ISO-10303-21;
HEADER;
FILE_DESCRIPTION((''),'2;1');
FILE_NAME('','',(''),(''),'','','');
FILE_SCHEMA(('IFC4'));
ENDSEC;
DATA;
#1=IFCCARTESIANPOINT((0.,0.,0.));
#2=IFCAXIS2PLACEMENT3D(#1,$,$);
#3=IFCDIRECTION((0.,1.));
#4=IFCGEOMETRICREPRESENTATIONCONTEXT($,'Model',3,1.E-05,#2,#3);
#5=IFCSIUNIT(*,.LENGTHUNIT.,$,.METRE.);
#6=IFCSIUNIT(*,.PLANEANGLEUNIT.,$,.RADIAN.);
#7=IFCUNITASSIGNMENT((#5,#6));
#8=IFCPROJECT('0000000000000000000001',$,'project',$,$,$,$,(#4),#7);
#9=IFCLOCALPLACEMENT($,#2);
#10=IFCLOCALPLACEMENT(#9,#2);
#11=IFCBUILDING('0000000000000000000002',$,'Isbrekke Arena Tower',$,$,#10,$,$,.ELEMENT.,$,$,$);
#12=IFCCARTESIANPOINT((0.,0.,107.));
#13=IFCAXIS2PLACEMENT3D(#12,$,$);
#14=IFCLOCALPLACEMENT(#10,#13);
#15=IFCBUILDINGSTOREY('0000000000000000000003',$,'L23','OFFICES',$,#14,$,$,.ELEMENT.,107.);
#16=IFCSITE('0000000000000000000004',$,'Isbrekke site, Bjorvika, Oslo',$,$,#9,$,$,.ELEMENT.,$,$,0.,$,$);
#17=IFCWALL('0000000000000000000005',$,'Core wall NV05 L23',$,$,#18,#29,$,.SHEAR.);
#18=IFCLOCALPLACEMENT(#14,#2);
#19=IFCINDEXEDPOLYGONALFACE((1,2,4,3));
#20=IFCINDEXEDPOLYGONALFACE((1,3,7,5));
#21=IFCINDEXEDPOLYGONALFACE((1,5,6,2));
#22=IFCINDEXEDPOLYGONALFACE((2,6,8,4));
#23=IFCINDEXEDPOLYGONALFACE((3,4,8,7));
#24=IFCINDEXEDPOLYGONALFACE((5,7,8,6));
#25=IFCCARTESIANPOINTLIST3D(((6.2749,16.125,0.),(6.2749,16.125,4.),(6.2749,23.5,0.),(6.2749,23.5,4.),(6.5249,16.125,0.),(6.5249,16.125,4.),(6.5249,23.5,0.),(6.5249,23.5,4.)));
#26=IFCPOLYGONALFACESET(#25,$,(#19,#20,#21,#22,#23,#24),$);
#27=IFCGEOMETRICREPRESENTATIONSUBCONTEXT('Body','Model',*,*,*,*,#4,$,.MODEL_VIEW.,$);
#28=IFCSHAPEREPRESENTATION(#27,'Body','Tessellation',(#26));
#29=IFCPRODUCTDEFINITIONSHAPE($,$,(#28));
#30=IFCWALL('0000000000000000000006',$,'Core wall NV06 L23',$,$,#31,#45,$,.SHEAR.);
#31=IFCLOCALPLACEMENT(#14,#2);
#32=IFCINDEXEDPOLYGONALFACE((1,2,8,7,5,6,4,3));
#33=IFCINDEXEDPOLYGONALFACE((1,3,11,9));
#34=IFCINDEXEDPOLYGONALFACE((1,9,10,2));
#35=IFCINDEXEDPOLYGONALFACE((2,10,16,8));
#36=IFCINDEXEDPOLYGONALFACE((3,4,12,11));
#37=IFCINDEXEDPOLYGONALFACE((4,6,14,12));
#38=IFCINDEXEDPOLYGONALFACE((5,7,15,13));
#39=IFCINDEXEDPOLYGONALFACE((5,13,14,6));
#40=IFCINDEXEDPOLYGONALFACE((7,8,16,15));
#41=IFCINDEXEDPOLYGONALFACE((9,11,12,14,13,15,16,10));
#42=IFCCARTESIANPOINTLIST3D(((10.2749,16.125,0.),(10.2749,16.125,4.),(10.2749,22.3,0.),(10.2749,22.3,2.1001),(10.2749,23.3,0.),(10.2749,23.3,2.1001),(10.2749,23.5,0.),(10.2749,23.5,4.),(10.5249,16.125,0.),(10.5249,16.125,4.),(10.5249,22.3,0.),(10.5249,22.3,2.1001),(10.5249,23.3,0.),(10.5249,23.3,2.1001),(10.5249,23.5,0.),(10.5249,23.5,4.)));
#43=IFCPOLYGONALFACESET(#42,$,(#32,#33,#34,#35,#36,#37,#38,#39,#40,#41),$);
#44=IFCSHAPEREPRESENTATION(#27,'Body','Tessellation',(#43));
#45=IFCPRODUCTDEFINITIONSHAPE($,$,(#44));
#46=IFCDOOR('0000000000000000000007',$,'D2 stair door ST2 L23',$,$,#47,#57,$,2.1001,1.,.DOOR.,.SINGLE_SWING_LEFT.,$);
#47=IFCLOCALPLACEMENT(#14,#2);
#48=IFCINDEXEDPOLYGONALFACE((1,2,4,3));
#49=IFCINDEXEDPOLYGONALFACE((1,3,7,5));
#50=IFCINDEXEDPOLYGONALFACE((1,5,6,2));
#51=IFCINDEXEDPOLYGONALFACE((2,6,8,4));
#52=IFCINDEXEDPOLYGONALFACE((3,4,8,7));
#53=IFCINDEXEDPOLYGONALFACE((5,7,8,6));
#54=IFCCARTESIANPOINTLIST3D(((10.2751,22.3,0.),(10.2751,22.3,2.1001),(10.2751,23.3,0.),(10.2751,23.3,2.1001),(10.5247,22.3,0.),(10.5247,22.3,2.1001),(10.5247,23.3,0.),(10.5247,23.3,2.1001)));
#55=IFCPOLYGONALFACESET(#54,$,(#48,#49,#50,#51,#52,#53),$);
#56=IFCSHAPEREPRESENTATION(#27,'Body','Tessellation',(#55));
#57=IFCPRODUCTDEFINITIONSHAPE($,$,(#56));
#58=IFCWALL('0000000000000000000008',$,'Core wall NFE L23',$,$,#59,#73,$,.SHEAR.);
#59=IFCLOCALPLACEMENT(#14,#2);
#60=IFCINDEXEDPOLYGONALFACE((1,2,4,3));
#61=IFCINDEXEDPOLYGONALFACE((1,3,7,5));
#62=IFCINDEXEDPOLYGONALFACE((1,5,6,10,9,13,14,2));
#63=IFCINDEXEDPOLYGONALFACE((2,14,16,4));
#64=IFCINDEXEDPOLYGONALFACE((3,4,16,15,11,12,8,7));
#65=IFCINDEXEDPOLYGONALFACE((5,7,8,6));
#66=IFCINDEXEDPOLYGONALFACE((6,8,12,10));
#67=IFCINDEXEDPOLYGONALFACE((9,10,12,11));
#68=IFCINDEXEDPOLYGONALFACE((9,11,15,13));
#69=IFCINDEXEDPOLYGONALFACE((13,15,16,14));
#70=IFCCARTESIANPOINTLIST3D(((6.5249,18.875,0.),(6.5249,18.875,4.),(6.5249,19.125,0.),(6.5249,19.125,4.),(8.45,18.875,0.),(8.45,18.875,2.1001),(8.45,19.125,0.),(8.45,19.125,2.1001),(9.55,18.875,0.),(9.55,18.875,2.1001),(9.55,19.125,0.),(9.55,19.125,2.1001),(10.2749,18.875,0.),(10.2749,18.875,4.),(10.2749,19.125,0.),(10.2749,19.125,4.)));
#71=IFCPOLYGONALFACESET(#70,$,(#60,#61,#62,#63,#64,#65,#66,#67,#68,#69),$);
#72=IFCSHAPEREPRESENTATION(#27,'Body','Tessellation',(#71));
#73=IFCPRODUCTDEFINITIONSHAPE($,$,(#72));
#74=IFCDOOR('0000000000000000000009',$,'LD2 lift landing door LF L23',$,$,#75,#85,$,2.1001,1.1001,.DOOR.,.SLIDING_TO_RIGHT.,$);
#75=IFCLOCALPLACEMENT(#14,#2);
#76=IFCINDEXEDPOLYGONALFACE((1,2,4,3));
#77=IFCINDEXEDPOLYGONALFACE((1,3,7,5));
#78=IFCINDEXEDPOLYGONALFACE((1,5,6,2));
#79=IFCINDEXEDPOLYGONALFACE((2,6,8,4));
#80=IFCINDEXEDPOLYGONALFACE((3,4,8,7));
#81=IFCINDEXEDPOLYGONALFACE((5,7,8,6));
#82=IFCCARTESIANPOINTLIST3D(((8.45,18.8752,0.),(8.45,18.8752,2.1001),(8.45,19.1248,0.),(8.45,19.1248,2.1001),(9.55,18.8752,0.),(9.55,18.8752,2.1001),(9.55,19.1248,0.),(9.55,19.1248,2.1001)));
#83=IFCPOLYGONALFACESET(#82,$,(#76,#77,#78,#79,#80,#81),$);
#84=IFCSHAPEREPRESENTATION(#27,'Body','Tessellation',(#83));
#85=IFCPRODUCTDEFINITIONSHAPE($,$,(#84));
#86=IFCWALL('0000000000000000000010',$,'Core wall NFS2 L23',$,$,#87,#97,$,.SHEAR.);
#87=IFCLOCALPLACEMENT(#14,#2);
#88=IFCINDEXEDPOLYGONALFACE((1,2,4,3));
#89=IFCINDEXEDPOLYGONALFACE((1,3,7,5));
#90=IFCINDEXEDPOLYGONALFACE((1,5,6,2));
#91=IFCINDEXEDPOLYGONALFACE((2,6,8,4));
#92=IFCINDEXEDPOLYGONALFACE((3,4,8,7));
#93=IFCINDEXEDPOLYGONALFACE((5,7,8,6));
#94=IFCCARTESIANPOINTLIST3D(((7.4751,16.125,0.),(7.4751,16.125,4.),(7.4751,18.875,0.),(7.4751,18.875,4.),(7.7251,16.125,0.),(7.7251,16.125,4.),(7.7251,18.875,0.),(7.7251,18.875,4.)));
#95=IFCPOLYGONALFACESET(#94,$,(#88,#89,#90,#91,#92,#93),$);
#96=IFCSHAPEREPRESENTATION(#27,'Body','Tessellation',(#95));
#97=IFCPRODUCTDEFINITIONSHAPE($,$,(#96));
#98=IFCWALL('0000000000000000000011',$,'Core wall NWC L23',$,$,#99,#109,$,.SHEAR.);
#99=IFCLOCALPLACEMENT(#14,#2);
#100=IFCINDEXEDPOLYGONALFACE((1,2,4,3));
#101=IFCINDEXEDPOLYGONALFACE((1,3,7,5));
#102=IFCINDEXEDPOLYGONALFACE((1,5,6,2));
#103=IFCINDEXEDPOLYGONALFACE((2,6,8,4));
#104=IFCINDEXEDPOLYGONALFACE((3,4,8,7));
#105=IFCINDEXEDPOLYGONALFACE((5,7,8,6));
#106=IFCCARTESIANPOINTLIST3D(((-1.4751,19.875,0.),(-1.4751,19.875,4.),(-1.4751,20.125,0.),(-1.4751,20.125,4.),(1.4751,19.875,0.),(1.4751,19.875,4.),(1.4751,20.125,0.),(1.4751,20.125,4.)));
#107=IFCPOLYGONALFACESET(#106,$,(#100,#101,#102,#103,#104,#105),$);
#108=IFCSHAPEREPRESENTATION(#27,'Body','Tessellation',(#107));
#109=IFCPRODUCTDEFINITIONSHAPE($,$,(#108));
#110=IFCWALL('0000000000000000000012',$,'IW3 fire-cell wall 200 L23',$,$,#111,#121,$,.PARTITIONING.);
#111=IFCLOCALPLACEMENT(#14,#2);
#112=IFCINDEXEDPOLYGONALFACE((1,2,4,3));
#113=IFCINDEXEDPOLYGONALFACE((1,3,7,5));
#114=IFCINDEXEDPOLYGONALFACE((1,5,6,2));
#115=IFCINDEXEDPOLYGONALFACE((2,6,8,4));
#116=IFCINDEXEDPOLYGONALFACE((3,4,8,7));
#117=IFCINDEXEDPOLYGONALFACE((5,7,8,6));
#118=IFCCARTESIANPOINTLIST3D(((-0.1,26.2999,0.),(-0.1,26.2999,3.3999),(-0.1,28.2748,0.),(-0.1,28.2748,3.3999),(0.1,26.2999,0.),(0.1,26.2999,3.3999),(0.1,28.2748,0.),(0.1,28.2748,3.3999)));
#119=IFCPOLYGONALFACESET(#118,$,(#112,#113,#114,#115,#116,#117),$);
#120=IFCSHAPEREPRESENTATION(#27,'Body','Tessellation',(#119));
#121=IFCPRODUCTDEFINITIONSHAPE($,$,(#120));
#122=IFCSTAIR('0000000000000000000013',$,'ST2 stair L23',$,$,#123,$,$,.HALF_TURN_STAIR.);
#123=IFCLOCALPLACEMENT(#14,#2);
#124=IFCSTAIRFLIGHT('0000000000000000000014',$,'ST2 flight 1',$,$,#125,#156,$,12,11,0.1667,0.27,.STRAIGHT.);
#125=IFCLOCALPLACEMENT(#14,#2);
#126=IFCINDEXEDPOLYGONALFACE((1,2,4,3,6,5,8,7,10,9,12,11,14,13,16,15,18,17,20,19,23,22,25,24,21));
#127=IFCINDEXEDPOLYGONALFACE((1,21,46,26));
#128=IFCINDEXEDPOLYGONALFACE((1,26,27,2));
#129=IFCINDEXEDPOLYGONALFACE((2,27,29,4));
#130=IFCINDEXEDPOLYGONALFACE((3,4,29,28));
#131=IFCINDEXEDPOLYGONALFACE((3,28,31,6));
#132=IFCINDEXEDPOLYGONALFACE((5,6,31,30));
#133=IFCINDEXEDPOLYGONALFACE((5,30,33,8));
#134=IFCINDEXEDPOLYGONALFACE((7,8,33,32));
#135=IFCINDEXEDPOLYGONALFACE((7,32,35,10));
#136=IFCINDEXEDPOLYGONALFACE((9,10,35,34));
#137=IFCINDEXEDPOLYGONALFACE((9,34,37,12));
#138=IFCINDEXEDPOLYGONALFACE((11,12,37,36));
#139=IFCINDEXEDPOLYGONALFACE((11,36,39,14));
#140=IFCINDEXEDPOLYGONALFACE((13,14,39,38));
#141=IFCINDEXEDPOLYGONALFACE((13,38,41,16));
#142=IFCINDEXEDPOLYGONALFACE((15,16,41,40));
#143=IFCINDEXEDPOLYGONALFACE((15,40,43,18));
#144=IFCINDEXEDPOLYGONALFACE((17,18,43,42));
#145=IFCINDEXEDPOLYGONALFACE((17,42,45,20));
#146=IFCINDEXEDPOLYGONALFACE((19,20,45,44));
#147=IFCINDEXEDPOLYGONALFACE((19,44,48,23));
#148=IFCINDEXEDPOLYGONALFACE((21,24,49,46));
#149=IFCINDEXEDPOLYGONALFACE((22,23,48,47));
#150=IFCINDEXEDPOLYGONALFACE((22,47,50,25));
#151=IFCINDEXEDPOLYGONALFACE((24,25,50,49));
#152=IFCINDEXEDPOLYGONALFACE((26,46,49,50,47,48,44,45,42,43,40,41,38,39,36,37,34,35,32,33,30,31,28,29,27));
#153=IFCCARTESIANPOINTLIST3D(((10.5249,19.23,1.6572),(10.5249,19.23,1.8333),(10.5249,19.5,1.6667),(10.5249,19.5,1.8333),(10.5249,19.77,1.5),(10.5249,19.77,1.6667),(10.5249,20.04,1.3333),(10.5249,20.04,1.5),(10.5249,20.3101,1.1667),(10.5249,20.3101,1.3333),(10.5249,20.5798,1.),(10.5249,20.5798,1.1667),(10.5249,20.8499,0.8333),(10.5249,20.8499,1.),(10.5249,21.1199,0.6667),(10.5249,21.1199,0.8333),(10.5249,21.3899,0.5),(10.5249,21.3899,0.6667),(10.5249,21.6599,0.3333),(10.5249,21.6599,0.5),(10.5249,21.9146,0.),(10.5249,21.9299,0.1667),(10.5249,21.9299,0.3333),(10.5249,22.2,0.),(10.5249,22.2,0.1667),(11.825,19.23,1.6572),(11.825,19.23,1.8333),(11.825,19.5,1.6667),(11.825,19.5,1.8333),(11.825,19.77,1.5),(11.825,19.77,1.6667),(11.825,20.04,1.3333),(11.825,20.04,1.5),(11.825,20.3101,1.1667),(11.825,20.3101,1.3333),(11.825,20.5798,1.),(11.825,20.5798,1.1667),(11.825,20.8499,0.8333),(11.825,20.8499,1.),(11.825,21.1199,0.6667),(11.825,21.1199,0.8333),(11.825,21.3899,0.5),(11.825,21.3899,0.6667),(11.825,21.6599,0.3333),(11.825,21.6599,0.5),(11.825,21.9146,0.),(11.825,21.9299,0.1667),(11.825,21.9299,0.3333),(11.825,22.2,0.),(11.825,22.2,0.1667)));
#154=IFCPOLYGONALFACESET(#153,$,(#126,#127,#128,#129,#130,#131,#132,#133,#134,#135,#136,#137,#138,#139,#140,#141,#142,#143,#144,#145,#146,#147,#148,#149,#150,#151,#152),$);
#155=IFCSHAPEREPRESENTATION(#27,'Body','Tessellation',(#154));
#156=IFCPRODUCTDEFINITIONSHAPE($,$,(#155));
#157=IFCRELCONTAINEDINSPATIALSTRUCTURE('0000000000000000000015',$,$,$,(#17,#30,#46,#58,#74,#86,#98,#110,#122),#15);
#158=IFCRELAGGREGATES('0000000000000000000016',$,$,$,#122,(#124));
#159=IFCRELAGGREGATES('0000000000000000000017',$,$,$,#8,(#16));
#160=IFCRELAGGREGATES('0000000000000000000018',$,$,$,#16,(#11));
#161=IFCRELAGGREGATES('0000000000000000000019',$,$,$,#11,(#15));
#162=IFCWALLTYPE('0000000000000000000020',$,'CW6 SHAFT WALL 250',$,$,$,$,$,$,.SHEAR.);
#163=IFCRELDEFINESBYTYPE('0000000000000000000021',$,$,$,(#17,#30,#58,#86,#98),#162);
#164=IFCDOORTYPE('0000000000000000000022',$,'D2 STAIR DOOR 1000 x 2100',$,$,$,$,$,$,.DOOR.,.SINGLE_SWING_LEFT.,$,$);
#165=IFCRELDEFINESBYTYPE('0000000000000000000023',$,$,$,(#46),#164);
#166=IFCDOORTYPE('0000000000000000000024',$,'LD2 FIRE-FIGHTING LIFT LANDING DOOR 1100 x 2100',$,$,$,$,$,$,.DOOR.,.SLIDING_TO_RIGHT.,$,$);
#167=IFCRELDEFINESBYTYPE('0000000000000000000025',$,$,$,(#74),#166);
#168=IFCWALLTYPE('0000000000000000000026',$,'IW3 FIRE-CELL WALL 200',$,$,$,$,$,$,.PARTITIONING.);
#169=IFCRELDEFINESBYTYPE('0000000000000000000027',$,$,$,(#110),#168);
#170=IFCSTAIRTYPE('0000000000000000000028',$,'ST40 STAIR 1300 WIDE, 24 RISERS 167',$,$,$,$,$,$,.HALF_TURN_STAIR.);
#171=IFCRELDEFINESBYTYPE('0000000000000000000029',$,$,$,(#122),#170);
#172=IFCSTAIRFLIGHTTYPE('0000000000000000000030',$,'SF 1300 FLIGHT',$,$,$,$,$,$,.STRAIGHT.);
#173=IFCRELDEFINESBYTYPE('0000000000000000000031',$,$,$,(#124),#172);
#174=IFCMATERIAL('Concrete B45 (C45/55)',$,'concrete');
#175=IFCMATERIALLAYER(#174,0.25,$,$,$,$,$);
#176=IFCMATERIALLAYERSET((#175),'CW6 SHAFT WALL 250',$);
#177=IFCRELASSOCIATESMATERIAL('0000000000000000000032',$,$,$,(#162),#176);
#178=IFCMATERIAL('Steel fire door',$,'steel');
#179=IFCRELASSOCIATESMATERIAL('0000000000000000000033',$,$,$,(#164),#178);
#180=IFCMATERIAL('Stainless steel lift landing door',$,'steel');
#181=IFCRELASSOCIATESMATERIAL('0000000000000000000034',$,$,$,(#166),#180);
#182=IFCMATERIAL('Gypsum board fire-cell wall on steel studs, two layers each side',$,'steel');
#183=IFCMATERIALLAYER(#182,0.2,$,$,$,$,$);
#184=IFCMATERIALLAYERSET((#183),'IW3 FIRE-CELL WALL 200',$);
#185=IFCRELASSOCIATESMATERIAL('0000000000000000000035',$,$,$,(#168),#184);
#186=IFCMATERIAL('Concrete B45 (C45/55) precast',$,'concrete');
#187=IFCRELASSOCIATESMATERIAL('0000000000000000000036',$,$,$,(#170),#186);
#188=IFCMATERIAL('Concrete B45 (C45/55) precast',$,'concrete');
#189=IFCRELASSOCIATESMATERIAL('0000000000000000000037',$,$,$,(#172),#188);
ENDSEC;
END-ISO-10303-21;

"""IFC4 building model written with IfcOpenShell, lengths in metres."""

from ifc_helpers import new_model, si_unit, direction, frame, frame_2d, origin, place, context, subcontext, project, spatial, polyline, rectangle, outline, extrude, material, layer, layer_set, type_object, element, fill, aggregate, save


model = new_model("IFC4")

# Units and contexts
model_context = context("Model", 3, precision=1e-05, world=origin(), true_north=direction((0.0, 1.0)))
body_context = subcontext(model_context, "Body", "Model", "MODEL_VIEW")
ifc_project = project(units=[si_unit("LENGTHUNIT", "METRE"), si_unit("PLANEANGLEUNIT", "RADIAN")], contexts=[model_context])

# Site, building, storey
site_placement = place(None, origin())
site = spatial("IfcSite", under=ifc_project, at=site_placement, Name="Isbrekke site, Bjorvika, Oslo", CompositionType="ELEMENT", RefElevation=0.0)
building_placement = place(site_placement, origin())
building = spatial("IfcBuilding", under=site, at=building_placement, Name="Isbrekke Arena Tower", CompositionType="ELEMENT")
storey_placement = place(building_placement, frame((0.0, 0.0, 107.0)))
storey = spatial("IfcBuildingStorey", under=building, at=storey_placement, Name="L23", Description="OFFICES", CompositionType="ELEMENT", Elevation=107.0)

# Wall
ifc_material_1 = material(Name="Concrete B45 (C45/55)", Category="concrete")
ifc_layer_1 = layer(ifc_material_1, 0.25)
ifc_layer_set_1 = layer_set([ifc_layer_1], Name="CW6 SHAFT WALL 250")
wall_type_1 = type_object("IfcWallType", Name="CW6 SHAFT WALL 250", PredefinedType="SHEAR", material=ifc_layer_set_1)
for number, where, z_axis, x_axis, name in (
    (1, (6.3999, 16.125, 0.0), (0.0, 0.0, 1.0), (0.0, 1.0, 0.0), "Core wall NV05 L23"),
):
    element("IfcWall", number, at=place(storey_placement, frame(where, z_axis=z_axis, x_axis=x_axis)), inside=storey, type_object=wall_type_1, Name=name, PredefinedType="SHEAR", context=body_context, shape_type="SweptSolid", body=[
        extrude(rectangle(XDim=7.375, YDim=0.25, at=frame_2d((3.6875, 0.0))), origin(), (0.0, 0.0, 1.0), 4.0),
    ])

# Walls, openings, doors
wall_1_placement = place(storey_placement, frame((10.3999, 16.125, 0.0), z_axis=(0.0, 0.0, 1.0), x_axis=(0.0, 1.0, 0.0)))
wall_1 = element("IfcWall", 2, at=wall_1_placement, inside=storey, type_object=wall_type_1, Name="Core wall NV06 L23", PredefinedType="SHEAR", context=body_context, shape_type="SweptSolid", body=[
    extrude(rectangle(XDim=7.375, YDim=0.25, at=frame_2d((3.6875, 0.0))), origin(), (0.0, 0.0, 1.0), 4.0),
])
opening_1_placement = place(wall_1_placement, frame((6.175, 0.0, 0.0)))
opening_1 = element("IfcOpeningElement", 3, at=opening_1_placement, cuts=wall_1, PredefinedType="OPENING", context=body_context, shape_type="SweptSolid", body=[
    extrude(rectangle(XDim=1.0, YDim=2.1001, at=frame_2d((0.5, 1.05))), frame((0.0, 0.1399, 0.0), z_axis=(0.0, -1.0, 0.0), x_axis=(1.0, 0.0, 0.0)), (0.0, 0.0, 1.0), 0.2798),
])
ifc_material_2 = material(Name="Steel fire door", Category="steel")
door_type_1 = type_object("IfcDoorType", Name="D2 STAIR DOOR 1000 x 2100", OperationType="SINGLE_SWING_LEFT", PredefinedType="DOOR", material=ifc_material_2)
door_1_placement = place(opening_1_placement, origin())
door_1 = element("IfcDoor", 4, at=door_1_placement, inside=storey, type_object=door_type_1, Name="D2 stair door ST2 L23", OperationType="SINGLE_SWING_LEFT", OverallHeight=2.1001, OverallWidth=1.0, PredefinedType="DOOR", context=body_context, shape_type="SweptSolid", body=[
    extrude(rectangle(XDim=1.0, YDim=2.1001, at=frame_2d((0.5, 1.05))), frame((0.0, 0.1248, 0.0), z_axis=(0.0, -1.0, 0.0), x_axis=(1.0, 0.0, 0.0)), (0.0, 0.0, 1.0), 0.2495),
])
fill(opening_1, door_1)
wall_2_placement = place(storey_placement, frame((6.5249, 19.0, 0.0), z_axis=(0.0, 0.0, 1.0), x_axis=(1.0, 0.0, 0.0)))
wall_2 = element("IfcWall", 5, at=wall_2_placement, inside=storey, type_object=wall_type_1, Name="Core wall NFE L23", PredefinedType="SHEAR", context=body_context, shape_type="SweptSolid", body=[
    extrude(rectangle(XDim=3.75, YDim=0.25, at=frame_2d((1.875, 0.0))), origin(), (0.0, 0.0, 1.0), 4.0),
])
opening_2_placement = place(wall_2_placement, frame((1.925, 0.0, 0.0)))
opening_2 = element("IfcOpeningElement", 6, at=opening_2_placement, cuts=wall_2, PredefinedType="OPENING", context=body_context, shape_type="SweptSolid", body=[
    extrude(rectangle(XDim=1.1001, YDim=2.1001, at=frame_2d((0.55, 1.05))), frame((0.0, 0.1399, 0.0), z_axis=(0.0, -1.0, 0.0), x_axis=(1.0, 0.0, 0.0)), (0.0, 0.0, 1.0), 0.2798),
])
ifc_material_3 = material(Name="Stainless steel lift landing door", Category="steel")
door_type_2 = type_object("IfcDoorType", Name="LD2 FIRE-FIGHTING LIFT LANDING DOOR 1100 x 2100", OperationType="SLIDING_TO_RIGHT", PredefinedType="DOOR", material=ifc_material_3)
door_2_placement = place(opening_2_placement, origin())
door_2 = element("IfcDoor", 7, at=door_2_placement, inside=storey, type_object=door_type_2, Name="LD2 lift landing door LF L23", OperationType="SLIDING_TO_RIGHT", OverallHeight=2.1001, OverallWidth=1.1001, PredefinedType="DOOR", context=body_context, shape_type="SweptSolid", body=[
    extrude(rectangle(XDim=1.1001, YDim=2.1001, at=frame_2d((0.55, 1.05))), frame((0.0, 0.1248, 0.0), z_axis=(0.0, -1.0, 0.0), x_axis=(1.0, 0.0, 0.0)), (0.0, 0.0, 1.0), 0.2495),
])
fill(opening_2, door_2)

# Walls
wall_3_placement = place(storey_placement, frame((7.6001, 16.125, 0.0), z_axis=(0.0, 0.0, 1.0), x_axis=(0.0, 1.0, 0.0)))
element("IfcWall", 8, at=wall_3_placement, inside=storey, type_object=wall_type_1, Name="Core wall NFS2 L23", PredefinedType="SHEAR", context=body_context, shape_type="SweptSolid", body=[
    extrude(rectangle(XDim=2.75, YDim=0.25, at=frame_2d((1.375, 0.0))), origin(), (0.0, 0.0, 1.0), 4.0),
])
wall_4_placement = place(storey_placement, frame((-1.4751, 20.0, 0.0), z_axis=(0.0, 0.0, 1.0), x_axis=(1.0, 0.0, 0.0)))
element("IfcWall", 9, at=wall_4_placement, inside=storey, type_object=wall_type_1, Name="Core wall NWC L23", PredefinedType="SHEAR", context=body_context, shape_type="SweptSolid", body=[
    extrude(rectangle(XDim=2.9502, YDim=0.25, at=frame_2d((1.4751, 0.0))), origin(), (0.0, 0.0, 1.0), 4.0),
])
ifc_material_4 = material(Name="Gypsum board fire-cell wall on steel studs, two layers each side", Category="steel")
ifc_layer_2 = layer(ifc_material_4, 0.2)
ifc_layer_set_2 = layer_set([ifc_layer_2], Name="IW3 FIRE-CELL WALL 200")
wall_type_2 = type_object("IfcWallType", Name="IW3 FIRE-CELL WALL 200", PredefinedType="PARTITIONING", material=ifc_layer_set_2)
wall_5_placement = place(storey_placement, frame((0.0, 26.3, 0.0), z_axis=(0.0, 0.0, 1.0), x_axis=(0.0, 1.0, 0.0)))
element("IfcWall", 10, at=wall_5_placement, inside=storey, type_object=wall_type_2, Name="IW3 fire-cell wall 200 L23", PredefinedType="PARTITIONING", context=body_context, shape_type="SweptSolid", body=[
    extrude(rectangle(XDim=1.9749, YDim=0.2, at=frame_2d((0.9873, 0.0))), origin(), (0.0, 0.0, 1.0), 3.3999),
])

# Stair, stair flight
ifc_material_5 = material(Name="Concrete B45 (C45/55) precast", Category="concrete")
stair_type = type_object("IfcStairType", Name="ST40 STAIR 1300 WIDE, 24 RISERS 167", PredefinedType="HALF_TURN_STAIR", material=ifc_material_5)
stair_placement = place(storey_placement, origin())
stair = element("IfcStair", 11, at=stair_placement, inside=storey, type_object=stair_type, Name="ST2 stair L23", PredefinedType="HALF_TURN_STAIR")
ifc_material_6 = material(Name="Concrete B45 (C45/55) precast", Category="concrete")
stair_flight_type = type_object("IfcStairFlightType", Name="SF 1300 FLIGHT", PredefinedType="STRAIGHT", material=ifc_material_6)
stair_flight_1_placement = place(storey_placement, frame((11.175, 22.2, 0.0), z_axis=(0.0, 0.0, 1.0), x_axis=(0.0, -1.0, 0.0)))
stair_flight_1 = element("IfcStairFlight", 12, at=stair_flight_1_placement, type_object=stair_flight_type, Name="ST2 flight 1", NumberOfRisers=12, NumberOfTreads=11, PredefinedType="STRAIGHT", RiserHeight=0.1667, TreadLength=0.27, context=body_context, shape_type="SweptSolid", body=[
    extrude(outline(polyline([(0.0, 0.0), (0.0, 0.1667), (0.27, 0.1667), (0.27, 0.3333), (0.54, 0.3333), (0.54, 0.5), (0.8101, 0.5), (0.8101, 0.6667), (1.0801, 0.6667), (1.0801, 0.8333), (1.3501, 0.8333), (1.3501, 1.0), (1.6201, 1.0), (1.6201, 1.1667), (1.8899, 1.1667), (1.8899, 1.3333), (2.1599, 1.3333), (2.1599, 1.5), (2.4299, 1.5), (2.4299, 1.6667), (2.7, 1.6667), (2.7, 1.8333), (2.97, 1.8333), (2.97, 2.0), (2.97, 1.6572), (0.2854, 0.0), (0.0, 0.0)])), frame((0.0, 0.6499, 0.0), z_axis=(0.0, -1.0, 0.0), x_axis=(1.0, 0.0, 0.0)), (0.0, 0.0, 1.0), 1.3),
])
aggregate(stair, [stair_flight_1])

save(model, "model.ifc")
